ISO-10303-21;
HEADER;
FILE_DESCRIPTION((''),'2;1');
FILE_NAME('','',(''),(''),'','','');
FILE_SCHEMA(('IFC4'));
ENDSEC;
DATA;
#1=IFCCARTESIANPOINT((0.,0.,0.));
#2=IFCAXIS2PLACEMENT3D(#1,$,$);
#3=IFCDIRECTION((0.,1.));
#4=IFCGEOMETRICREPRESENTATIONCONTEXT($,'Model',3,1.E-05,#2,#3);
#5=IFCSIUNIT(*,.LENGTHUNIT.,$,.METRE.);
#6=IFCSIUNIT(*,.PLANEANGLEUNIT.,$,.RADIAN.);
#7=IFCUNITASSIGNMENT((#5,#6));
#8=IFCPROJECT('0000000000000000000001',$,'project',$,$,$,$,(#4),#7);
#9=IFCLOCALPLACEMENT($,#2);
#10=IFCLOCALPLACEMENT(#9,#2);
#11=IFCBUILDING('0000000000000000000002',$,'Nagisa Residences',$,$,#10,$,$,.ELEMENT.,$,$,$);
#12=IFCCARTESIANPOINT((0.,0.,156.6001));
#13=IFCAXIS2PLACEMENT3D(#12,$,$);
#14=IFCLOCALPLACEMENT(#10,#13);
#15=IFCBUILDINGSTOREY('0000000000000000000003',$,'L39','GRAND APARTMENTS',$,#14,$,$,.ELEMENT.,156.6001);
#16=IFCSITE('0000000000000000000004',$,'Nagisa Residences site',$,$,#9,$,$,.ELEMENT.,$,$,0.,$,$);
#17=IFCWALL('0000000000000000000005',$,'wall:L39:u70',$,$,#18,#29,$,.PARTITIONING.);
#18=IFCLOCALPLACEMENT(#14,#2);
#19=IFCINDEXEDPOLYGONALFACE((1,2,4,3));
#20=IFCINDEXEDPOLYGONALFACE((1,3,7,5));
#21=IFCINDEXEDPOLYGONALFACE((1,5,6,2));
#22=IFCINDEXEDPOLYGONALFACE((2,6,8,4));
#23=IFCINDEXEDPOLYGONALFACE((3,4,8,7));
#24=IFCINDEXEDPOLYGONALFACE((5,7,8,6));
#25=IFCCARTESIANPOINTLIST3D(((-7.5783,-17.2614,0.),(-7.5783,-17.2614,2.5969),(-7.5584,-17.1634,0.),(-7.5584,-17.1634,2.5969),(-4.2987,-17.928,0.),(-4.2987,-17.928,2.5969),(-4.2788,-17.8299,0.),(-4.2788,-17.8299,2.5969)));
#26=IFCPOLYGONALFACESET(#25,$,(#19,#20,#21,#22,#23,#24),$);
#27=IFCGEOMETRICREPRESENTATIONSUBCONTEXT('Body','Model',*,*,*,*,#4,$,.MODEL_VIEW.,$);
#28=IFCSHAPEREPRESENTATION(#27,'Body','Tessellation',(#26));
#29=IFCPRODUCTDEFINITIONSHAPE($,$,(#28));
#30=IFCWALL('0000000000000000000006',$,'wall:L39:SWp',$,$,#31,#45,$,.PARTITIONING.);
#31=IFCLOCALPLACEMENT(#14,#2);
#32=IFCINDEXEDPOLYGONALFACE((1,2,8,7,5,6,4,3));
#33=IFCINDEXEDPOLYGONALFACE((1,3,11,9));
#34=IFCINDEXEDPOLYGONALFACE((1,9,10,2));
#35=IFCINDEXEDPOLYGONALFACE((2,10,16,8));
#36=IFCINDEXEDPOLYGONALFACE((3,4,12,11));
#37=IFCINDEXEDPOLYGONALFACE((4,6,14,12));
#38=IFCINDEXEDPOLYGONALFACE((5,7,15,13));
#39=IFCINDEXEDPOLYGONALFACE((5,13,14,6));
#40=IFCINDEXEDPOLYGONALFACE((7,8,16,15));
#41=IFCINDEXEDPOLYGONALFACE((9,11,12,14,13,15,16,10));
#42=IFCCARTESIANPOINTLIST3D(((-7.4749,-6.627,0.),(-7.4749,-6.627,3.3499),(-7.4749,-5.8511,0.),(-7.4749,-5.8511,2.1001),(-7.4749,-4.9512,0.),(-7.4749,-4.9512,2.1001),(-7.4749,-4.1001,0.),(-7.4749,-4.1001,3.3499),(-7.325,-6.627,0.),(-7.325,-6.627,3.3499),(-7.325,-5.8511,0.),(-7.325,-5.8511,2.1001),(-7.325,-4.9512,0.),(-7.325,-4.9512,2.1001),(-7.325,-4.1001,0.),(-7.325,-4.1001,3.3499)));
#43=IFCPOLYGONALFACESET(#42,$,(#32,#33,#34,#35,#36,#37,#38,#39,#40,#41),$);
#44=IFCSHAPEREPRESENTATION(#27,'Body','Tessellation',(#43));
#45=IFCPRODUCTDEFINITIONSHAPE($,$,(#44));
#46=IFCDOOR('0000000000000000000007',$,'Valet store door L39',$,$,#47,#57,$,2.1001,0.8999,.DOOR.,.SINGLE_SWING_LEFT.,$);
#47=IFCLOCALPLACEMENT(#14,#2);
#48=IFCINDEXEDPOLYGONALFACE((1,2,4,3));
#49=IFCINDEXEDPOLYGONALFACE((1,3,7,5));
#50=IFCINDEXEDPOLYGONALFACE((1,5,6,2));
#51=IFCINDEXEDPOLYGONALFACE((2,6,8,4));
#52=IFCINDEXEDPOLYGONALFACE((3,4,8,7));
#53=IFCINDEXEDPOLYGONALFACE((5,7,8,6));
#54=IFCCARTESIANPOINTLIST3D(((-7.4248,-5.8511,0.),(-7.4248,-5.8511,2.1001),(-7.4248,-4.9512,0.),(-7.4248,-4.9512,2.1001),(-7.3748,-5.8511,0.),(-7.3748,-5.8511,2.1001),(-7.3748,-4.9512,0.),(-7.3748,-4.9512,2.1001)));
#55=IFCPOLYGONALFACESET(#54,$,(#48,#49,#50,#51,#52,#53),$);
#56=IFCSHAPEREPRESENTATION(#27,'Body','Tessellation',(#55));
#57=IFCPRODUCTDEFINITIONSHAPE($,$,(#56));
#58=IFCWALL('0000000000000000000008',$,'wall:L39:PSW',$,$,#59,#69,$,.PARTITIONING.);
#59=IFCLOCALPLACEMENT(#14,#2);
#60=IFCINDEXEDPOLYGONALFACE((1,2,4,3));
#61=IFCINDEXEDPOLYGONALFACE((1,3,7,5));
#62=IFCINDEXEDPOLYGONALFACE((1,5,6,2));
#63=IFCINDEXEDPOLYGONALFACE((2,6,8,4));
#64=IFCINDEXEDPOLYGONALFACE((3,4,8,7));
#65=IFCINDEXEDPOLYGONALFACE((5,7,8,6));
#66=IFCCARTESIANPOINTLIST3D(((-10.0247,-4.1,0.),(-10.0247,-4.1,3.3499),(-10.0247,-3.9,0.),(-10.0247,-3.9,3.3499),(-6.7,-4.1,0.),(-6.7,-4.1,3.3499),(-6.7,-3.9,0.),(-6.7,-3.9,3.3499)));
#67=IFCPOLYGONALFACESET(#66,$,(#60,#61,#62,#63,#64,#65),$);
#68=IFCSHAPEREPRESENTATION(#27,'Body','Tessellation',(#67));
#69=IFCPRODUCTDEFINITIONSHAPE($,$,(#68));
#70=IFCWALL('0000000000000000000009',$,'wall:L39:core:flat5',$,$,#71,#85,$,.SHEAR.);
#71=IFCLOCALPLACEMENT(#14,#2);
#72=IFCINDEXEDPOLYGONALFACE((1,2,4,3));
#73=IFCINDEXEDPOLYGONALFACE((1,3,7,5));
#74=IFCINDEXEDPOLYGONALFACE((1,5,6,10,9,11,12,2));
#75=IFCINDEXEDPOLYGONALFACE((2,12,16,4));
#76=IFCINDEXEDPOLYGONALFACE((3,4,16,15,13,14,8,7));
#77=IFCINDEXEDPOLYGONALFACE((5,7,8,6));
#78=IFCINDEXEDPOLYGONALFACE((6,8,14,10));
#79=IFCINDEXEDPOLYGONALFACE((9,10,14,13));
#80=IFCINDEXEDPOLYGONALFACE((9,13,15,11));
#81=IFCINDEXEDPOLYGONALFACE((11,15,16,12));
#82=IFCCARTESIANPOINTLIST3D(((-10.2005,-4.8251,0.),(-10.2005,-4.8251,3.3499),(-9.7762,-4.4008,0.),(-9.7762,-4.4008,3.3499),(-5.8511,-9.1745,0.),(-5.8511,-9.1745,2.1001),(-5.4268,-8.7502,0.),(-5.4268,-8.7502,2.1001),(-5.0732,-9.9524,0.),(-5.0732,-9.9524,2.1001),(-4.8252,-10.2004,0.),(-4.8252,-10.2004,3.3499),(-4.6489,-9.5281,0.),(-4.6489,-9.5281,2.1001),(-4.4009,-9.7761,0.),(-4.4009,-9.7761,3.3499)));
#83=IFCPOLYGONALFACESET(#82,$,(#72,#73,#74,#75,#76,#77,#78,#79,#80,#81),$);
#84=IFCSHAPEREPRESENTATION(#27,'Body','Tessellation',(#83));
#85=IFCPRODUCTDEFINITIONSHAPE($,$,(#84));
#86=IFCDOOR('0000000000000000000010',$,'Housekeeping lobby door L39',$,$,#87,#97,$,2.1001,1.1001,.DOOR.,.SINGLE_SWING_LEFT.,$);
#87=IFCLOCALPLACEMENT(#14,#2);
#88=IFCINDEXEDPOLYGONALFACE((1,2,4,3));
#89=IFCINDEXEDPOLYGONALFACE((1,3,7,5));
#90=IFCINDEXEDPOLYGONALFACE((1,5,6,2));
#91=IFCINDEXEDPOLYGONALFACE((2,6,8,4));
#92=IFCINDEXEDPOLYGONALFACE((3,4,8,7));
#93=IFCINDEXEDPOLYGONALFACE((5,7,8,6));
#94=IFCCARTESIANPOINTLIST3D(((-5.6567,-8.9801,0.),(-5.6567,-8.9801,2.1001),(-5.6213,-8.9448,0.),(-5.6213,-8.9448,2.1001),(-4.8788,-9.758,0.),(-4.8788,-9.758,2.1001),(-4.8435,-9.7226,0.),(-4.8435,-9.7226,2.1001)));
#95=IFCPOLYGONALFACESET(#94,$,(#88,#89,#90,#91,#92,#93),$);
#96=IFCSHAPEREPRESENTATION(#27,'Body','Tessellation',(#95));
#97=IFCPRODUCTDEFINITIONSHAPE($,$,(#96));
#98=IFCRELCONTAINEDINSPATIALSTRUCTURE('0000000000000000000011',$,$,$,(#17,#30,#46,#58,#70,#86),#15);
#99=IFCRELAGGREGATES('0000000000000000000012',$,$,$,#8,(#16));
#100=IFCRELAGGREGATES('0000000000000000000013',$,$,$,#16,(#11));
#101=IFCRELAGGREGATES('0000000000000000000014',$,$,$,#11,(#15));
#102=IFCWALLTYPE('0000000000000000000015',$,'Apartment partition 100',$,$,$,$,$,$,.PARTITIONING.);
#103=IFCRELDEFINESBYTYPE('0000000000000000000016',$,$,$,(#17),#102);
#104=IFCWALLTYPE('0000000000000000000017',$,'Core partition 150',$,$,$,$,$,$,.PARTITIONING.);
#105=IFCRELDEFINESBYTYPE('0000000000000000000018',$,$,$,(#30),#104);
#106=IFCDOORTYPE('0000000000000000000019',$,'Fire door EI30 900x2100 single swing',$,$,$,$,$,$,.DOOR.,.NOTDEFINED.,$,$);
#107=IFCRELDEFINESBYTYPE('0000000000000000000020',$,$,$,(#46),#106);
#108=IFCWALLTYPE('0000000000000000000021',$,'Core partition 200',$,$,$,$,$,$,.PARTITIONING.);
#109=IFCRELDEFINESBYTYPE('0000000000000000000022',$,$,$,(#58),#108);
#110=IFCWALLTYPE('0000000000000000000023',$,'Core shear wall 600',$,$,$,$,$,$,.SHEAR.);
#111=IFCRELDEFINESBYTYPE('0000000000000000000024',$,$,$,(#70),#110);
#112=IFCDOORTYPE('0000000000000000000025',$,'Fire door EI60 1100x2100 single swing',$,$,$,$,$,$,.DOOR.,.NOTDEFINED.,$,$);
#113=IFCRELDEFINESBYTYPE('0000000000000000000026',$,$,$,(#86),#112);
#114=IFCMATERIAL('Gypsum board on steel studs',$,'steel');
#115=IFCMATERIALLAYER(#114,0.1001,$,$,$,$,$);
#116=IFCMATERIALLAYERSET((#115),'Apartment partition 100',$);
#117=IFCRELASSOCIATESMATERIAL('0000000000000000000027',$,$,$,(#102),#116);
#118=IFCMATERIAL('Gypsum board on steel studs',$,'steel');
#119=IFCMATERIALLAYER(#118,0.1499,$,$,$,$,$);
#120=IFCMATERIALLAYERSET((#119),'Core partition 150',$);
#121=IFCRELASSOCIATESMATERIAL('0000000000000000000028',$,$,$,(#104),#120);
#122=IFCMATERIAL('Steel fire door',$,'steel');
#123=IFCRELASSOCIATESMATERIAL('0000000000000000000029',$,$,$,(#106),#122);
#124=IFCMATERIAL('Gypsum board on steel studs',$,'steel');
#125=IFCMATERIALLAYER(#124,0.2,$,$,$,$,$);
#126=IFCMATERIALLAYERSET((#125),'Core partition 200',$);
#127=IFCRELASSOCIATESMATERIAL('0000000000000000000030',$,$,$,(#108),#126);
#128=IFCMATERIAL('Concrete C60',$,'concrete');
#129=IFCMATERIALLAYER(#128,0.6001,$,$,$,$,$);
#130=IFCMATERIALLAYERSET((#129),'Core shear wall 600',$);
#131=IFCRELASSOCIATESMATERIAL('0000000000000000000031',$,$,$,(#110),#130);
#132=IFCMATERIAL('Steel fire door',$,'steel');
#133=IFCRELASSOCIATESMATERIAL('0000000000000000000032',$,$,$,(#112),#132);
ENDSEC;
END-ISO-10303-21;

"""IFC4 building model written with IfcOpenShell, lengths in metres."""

from ifc_helpers import new_model, si_unit, direction, frame, frame_2d, origin, place, context, subcontext, project, spatial, rectangle, extrude, material, layer, layer_set, type_object, element, fill, save


model = new_model("IFC4")

# Units and contexts
model_context = context("Model", 3, precision=1e-05, world=origin(), true_north=direction((0.0, 1.0)))
body_context = subcontext(model_context, "Body", "Model", "MODEL_VIEW")
ifc_project = project(units=[si_unit("LENGTHUNIT", "METRE"), si_unit("PLANEANGLEUNIT", "RADIAN")], contexts=[model_context])

# Site, building, storey
site_placement = place(None, origin())
site = spatial("IfcSite", under=ifc_project, at=site_placement, Name="Nagisa Residences site", CompositionType="ELEMENT", RefElevation=0.0)
building_placement = place(site_placement, origin())
building = spatial("IfcBuilding", under=site, at=building_placement, Name="Nagisa Residences", CompositionType="ELEMENT")
storey_placement = place(building_placement, frame((0.0, 0.0, 156.6001)))
storey = spatial("IfcBuildingStorey", under=building, at=storey_placement, Name="L39", Description="GRAND APARTMENTS", CompositionType="ELEMENT", Elevation=156.6001)

# Shared definitions
ifc_material_1 = material(Name="Gypsum board on steel studs", Category="steel")
ifc_layer_1 = layer(ifc_material_1, 0.1001)
ifc_layer_set_1 = layer_set([ifc_layer_1], Name="Apartment partition 100")
wall_type_1 = type_object("IfcWallType", Name="Apartment partition 100", PredefinedType="PARTITIONING", material=ifc_layer_set_1)

# Wall
wall_1_placement = place(storey_placement, frame((-7.5684, -17.2124, 0.0), z_axis=(0.0, 0.0, 1.0), x_axis=(0.979967, -0.19916, 0.0)))
element("IfcWall", 1, at=wall_1_placement, inside=storey, type_object=wall_type_1, Name="wall:L39:u70", PredefinedType="PARTITIONING", context=body_context, shape_type="SweptSolid", body=[
    extrude(rectangle(XDim=3.3467, YDim=0.1001, at=frame_2d((1.6733, 0.0))), origin(), (0.0, 0.0, 1.0), 2.5969),
])

# Wall, opening, door
ifc_material_2 = material(Name="Gypsum board on steel studs", Category="steel")
ifc_layer_2 = layer(ifc_material_2, 0.1499)
ifc_layer_set_2 = layer_set([ifc_layer_2], Name="Core partition 150")
wall_type_2 = type_object("IfcWallType", Name="Core partition 150", PredefinedType="PARTITIONING", material=ifc_layer_set_2)
wall_2_placement = place(storey_placement, frame((-7.3999, -6.627, 0.0), z_axis=(0.0, 0.0, 1.0), x_axis=(0.0, 1.0, 0.0)))
wall_2 = element("IfcWall", 2, at=wall_2_placement, inside=storey, type_object=wall_type_2, Name="wall:L39:SWp", PredefinedType="PARTITIONING", context=body_context, shape_type="SweptSolid", body=[
    extrude(rectangle(XDim=2.5269, YDim=0.1499, at=frame_2d((1.2634, 0.0))), origin(), (0.0, 0.0, 1.0), 3.3499),
])
opening_1_placement = place(wall_2_placement, frame((0.7759, 0.0, 0.0)))
opening_1 = element("IfcOpeningElement", 3, at=opening_1_placement, cuts=wall_2, PredefinedType="OPENING", context=body_context, shape_type="SweptSolid", body=[
    extrude(rectangle(XDim=0.8999, YDim=2.1001, at=frame_2d((0.45, 1.05))), frame((0.0, 0.085, 0.0), z_axis=(0.0, -1.0, 0.0), x_axis=(1.0, 0.0, 0.0)), (0.0, 0.0, 1.0), 0.1699),
])
ifc_material_3 = material(Name="Steel fire door", Category="steel")
door_type_1 = type_object("IfcDoorType", Name="Fire door EI30 900x2100 single swing", OperationType="NOTDEFINED", PredefinedType="DOOR", material=ifc_material_3)
door_1_placement = place(opening_1_placement, origin())
door_1 = element("IfcDoor", 4, at=door_1_placement, inside=storey, type_object=door_type_1, Name="Valet store door L39", OperationType="SINGLE_SWING_LEFT", OverallHeight=2.1001, OverallWidth=0.8999, PredefinedType="DOOR", context=body_context, shape_type="SweptSolid", body=[
    extrude(rectangle(XDim=0.8999, YDim=2.1001, at=frame_2d((0.45, 1.05))), frame((0.0, 0.0249, 0.0), z_axis=(0.0, -1.0, 0.0), x_axis=(1.0, 0.0, 0.0)), (0.0, 0.0, 1.0), 0.05),
])
fill(opening_1, door_1)

# Wall
ifc_material_4 = material(Name="Gypsum board on steel studs", Category="steel")
ifc_layer_3 = layer(ifc_material_4, 0.2)
ifc_layer_set_3 = layer_set([ifc_layer_3], Name="Core partition 200")
wall_type_3 = type_object("IfcWallType", Name="Core partition 200", PredefinedType="PARTITIONING", material=ifc_layer_set_3)
wall_3_placement = place(storey_placement, frame((-10.0247, -4.0, 0.0), z_axis=(0.0, 0.0, 1.0), x_axis=(1.0, 0.0, 0.0)))
element("IfcWall", 5, at=wall_3_placement, inside=storey, type_object=wall_type_3, Name="wall:L39:PSW", PredefinedType="PARTITIONING", context=body_context, shape_type="SweptSolid", body=[
    extrude(rectangle(XDim=3.3247, YDim=0.2, at=frame_2d((1.6624, 0.0))), origin(), (0.0, 0.0, 1.0), 3.3499),
])

# Wall, opening, door
ifc_material_5 = material(Name="Concrete C60", Category="concrete")
ifc_layer_4 = layer(ifc_material_5, 0.6001)
ifc_layer_set_4 = layer_set([ifc_layer_4], Name="Core shear wall 600")
wall_type_4 = type_object("IfcWallType", Name="Core shear wall 600", PredefinedType="SHEAR", material=ifc_layer_set_4)
wall_4_placement = place(storey_placement, frame((-9.9883, -4.613, 0.0), z_axis=(0.0, 0.0, 1.0), x_axis=(0.707107, -0.707107, 0.0)))
wall_4 = element("IfcWall", 6, at=wall_4_placement, inside=storey, type_object=wall_type_4, Name="wall:L39:core:flat5", PredefinedType="SHEAR", context=body_context, shape_type="SweptSolid", body=[
    extrude(rectangle(XDim=7.6018, YDim=0.6001, at=frame_2d((3.8008, 0.0))), origin(), (0.0, 0.0, 1.0), 3.3499),
])
opening_2_placement = place(wall_4_placement, frame((6.1509, 0.0, 0.0)))
opening_2 = element("IfcOpeningElement", 7, at=opening_2_placement, cuts=wall_4, PredefinedType="OPENING", context=body_context, shape_type="SweptSolid", body=[
    extrude(rectangle(XDim=1.1001, YDim=2.1001, at=frame_2d((0.55, 1.05))), frame((0.0, 0.3101, 0.0), z_axis=(0.0, -1.0, 0.0), x_axis=(1.0, 0.0, 0.0)), (0.0, 0.0, 1.0), 0.6201),
])
ifc_material_6 = material(Name="Steel fire door", Category="steel")
door_type_2 = type_object("IfcDoorType", Name="Fire door EI60 1100x2100 single swing", OperationType="NOTDEFINED", PredefinedType="DOOR", material=ifc_material_6)
door_2_placement = place(opening_2_placement, origin())
door_2 = element("IfcDoor", 8, at=door_2_placement, inside=storey, type_object=door_type_2, Name="Housekeeping lobby door L39", OperationType="SINGLE_SWING_LEFT", OverallHeight=2.1001, OverallWidth=1.1001, PredefinedType="DOOR", context=body_context, shape_type="SweptSolid", body=[
    extrude(rectangle(XDim=1.1001, YDim=2.1001, at=frame_2d((0.55, 1.05))), frame((0.0, 0.0249, 0.0), z_axis=(0.0, -1.0, 0.0), x_axis=(1.0, 0.0, 0.0)), (0.0, 0.0, 1.0), 0.05),
])
fill(opening_2, door_2)

save(model, "model.ifc")
